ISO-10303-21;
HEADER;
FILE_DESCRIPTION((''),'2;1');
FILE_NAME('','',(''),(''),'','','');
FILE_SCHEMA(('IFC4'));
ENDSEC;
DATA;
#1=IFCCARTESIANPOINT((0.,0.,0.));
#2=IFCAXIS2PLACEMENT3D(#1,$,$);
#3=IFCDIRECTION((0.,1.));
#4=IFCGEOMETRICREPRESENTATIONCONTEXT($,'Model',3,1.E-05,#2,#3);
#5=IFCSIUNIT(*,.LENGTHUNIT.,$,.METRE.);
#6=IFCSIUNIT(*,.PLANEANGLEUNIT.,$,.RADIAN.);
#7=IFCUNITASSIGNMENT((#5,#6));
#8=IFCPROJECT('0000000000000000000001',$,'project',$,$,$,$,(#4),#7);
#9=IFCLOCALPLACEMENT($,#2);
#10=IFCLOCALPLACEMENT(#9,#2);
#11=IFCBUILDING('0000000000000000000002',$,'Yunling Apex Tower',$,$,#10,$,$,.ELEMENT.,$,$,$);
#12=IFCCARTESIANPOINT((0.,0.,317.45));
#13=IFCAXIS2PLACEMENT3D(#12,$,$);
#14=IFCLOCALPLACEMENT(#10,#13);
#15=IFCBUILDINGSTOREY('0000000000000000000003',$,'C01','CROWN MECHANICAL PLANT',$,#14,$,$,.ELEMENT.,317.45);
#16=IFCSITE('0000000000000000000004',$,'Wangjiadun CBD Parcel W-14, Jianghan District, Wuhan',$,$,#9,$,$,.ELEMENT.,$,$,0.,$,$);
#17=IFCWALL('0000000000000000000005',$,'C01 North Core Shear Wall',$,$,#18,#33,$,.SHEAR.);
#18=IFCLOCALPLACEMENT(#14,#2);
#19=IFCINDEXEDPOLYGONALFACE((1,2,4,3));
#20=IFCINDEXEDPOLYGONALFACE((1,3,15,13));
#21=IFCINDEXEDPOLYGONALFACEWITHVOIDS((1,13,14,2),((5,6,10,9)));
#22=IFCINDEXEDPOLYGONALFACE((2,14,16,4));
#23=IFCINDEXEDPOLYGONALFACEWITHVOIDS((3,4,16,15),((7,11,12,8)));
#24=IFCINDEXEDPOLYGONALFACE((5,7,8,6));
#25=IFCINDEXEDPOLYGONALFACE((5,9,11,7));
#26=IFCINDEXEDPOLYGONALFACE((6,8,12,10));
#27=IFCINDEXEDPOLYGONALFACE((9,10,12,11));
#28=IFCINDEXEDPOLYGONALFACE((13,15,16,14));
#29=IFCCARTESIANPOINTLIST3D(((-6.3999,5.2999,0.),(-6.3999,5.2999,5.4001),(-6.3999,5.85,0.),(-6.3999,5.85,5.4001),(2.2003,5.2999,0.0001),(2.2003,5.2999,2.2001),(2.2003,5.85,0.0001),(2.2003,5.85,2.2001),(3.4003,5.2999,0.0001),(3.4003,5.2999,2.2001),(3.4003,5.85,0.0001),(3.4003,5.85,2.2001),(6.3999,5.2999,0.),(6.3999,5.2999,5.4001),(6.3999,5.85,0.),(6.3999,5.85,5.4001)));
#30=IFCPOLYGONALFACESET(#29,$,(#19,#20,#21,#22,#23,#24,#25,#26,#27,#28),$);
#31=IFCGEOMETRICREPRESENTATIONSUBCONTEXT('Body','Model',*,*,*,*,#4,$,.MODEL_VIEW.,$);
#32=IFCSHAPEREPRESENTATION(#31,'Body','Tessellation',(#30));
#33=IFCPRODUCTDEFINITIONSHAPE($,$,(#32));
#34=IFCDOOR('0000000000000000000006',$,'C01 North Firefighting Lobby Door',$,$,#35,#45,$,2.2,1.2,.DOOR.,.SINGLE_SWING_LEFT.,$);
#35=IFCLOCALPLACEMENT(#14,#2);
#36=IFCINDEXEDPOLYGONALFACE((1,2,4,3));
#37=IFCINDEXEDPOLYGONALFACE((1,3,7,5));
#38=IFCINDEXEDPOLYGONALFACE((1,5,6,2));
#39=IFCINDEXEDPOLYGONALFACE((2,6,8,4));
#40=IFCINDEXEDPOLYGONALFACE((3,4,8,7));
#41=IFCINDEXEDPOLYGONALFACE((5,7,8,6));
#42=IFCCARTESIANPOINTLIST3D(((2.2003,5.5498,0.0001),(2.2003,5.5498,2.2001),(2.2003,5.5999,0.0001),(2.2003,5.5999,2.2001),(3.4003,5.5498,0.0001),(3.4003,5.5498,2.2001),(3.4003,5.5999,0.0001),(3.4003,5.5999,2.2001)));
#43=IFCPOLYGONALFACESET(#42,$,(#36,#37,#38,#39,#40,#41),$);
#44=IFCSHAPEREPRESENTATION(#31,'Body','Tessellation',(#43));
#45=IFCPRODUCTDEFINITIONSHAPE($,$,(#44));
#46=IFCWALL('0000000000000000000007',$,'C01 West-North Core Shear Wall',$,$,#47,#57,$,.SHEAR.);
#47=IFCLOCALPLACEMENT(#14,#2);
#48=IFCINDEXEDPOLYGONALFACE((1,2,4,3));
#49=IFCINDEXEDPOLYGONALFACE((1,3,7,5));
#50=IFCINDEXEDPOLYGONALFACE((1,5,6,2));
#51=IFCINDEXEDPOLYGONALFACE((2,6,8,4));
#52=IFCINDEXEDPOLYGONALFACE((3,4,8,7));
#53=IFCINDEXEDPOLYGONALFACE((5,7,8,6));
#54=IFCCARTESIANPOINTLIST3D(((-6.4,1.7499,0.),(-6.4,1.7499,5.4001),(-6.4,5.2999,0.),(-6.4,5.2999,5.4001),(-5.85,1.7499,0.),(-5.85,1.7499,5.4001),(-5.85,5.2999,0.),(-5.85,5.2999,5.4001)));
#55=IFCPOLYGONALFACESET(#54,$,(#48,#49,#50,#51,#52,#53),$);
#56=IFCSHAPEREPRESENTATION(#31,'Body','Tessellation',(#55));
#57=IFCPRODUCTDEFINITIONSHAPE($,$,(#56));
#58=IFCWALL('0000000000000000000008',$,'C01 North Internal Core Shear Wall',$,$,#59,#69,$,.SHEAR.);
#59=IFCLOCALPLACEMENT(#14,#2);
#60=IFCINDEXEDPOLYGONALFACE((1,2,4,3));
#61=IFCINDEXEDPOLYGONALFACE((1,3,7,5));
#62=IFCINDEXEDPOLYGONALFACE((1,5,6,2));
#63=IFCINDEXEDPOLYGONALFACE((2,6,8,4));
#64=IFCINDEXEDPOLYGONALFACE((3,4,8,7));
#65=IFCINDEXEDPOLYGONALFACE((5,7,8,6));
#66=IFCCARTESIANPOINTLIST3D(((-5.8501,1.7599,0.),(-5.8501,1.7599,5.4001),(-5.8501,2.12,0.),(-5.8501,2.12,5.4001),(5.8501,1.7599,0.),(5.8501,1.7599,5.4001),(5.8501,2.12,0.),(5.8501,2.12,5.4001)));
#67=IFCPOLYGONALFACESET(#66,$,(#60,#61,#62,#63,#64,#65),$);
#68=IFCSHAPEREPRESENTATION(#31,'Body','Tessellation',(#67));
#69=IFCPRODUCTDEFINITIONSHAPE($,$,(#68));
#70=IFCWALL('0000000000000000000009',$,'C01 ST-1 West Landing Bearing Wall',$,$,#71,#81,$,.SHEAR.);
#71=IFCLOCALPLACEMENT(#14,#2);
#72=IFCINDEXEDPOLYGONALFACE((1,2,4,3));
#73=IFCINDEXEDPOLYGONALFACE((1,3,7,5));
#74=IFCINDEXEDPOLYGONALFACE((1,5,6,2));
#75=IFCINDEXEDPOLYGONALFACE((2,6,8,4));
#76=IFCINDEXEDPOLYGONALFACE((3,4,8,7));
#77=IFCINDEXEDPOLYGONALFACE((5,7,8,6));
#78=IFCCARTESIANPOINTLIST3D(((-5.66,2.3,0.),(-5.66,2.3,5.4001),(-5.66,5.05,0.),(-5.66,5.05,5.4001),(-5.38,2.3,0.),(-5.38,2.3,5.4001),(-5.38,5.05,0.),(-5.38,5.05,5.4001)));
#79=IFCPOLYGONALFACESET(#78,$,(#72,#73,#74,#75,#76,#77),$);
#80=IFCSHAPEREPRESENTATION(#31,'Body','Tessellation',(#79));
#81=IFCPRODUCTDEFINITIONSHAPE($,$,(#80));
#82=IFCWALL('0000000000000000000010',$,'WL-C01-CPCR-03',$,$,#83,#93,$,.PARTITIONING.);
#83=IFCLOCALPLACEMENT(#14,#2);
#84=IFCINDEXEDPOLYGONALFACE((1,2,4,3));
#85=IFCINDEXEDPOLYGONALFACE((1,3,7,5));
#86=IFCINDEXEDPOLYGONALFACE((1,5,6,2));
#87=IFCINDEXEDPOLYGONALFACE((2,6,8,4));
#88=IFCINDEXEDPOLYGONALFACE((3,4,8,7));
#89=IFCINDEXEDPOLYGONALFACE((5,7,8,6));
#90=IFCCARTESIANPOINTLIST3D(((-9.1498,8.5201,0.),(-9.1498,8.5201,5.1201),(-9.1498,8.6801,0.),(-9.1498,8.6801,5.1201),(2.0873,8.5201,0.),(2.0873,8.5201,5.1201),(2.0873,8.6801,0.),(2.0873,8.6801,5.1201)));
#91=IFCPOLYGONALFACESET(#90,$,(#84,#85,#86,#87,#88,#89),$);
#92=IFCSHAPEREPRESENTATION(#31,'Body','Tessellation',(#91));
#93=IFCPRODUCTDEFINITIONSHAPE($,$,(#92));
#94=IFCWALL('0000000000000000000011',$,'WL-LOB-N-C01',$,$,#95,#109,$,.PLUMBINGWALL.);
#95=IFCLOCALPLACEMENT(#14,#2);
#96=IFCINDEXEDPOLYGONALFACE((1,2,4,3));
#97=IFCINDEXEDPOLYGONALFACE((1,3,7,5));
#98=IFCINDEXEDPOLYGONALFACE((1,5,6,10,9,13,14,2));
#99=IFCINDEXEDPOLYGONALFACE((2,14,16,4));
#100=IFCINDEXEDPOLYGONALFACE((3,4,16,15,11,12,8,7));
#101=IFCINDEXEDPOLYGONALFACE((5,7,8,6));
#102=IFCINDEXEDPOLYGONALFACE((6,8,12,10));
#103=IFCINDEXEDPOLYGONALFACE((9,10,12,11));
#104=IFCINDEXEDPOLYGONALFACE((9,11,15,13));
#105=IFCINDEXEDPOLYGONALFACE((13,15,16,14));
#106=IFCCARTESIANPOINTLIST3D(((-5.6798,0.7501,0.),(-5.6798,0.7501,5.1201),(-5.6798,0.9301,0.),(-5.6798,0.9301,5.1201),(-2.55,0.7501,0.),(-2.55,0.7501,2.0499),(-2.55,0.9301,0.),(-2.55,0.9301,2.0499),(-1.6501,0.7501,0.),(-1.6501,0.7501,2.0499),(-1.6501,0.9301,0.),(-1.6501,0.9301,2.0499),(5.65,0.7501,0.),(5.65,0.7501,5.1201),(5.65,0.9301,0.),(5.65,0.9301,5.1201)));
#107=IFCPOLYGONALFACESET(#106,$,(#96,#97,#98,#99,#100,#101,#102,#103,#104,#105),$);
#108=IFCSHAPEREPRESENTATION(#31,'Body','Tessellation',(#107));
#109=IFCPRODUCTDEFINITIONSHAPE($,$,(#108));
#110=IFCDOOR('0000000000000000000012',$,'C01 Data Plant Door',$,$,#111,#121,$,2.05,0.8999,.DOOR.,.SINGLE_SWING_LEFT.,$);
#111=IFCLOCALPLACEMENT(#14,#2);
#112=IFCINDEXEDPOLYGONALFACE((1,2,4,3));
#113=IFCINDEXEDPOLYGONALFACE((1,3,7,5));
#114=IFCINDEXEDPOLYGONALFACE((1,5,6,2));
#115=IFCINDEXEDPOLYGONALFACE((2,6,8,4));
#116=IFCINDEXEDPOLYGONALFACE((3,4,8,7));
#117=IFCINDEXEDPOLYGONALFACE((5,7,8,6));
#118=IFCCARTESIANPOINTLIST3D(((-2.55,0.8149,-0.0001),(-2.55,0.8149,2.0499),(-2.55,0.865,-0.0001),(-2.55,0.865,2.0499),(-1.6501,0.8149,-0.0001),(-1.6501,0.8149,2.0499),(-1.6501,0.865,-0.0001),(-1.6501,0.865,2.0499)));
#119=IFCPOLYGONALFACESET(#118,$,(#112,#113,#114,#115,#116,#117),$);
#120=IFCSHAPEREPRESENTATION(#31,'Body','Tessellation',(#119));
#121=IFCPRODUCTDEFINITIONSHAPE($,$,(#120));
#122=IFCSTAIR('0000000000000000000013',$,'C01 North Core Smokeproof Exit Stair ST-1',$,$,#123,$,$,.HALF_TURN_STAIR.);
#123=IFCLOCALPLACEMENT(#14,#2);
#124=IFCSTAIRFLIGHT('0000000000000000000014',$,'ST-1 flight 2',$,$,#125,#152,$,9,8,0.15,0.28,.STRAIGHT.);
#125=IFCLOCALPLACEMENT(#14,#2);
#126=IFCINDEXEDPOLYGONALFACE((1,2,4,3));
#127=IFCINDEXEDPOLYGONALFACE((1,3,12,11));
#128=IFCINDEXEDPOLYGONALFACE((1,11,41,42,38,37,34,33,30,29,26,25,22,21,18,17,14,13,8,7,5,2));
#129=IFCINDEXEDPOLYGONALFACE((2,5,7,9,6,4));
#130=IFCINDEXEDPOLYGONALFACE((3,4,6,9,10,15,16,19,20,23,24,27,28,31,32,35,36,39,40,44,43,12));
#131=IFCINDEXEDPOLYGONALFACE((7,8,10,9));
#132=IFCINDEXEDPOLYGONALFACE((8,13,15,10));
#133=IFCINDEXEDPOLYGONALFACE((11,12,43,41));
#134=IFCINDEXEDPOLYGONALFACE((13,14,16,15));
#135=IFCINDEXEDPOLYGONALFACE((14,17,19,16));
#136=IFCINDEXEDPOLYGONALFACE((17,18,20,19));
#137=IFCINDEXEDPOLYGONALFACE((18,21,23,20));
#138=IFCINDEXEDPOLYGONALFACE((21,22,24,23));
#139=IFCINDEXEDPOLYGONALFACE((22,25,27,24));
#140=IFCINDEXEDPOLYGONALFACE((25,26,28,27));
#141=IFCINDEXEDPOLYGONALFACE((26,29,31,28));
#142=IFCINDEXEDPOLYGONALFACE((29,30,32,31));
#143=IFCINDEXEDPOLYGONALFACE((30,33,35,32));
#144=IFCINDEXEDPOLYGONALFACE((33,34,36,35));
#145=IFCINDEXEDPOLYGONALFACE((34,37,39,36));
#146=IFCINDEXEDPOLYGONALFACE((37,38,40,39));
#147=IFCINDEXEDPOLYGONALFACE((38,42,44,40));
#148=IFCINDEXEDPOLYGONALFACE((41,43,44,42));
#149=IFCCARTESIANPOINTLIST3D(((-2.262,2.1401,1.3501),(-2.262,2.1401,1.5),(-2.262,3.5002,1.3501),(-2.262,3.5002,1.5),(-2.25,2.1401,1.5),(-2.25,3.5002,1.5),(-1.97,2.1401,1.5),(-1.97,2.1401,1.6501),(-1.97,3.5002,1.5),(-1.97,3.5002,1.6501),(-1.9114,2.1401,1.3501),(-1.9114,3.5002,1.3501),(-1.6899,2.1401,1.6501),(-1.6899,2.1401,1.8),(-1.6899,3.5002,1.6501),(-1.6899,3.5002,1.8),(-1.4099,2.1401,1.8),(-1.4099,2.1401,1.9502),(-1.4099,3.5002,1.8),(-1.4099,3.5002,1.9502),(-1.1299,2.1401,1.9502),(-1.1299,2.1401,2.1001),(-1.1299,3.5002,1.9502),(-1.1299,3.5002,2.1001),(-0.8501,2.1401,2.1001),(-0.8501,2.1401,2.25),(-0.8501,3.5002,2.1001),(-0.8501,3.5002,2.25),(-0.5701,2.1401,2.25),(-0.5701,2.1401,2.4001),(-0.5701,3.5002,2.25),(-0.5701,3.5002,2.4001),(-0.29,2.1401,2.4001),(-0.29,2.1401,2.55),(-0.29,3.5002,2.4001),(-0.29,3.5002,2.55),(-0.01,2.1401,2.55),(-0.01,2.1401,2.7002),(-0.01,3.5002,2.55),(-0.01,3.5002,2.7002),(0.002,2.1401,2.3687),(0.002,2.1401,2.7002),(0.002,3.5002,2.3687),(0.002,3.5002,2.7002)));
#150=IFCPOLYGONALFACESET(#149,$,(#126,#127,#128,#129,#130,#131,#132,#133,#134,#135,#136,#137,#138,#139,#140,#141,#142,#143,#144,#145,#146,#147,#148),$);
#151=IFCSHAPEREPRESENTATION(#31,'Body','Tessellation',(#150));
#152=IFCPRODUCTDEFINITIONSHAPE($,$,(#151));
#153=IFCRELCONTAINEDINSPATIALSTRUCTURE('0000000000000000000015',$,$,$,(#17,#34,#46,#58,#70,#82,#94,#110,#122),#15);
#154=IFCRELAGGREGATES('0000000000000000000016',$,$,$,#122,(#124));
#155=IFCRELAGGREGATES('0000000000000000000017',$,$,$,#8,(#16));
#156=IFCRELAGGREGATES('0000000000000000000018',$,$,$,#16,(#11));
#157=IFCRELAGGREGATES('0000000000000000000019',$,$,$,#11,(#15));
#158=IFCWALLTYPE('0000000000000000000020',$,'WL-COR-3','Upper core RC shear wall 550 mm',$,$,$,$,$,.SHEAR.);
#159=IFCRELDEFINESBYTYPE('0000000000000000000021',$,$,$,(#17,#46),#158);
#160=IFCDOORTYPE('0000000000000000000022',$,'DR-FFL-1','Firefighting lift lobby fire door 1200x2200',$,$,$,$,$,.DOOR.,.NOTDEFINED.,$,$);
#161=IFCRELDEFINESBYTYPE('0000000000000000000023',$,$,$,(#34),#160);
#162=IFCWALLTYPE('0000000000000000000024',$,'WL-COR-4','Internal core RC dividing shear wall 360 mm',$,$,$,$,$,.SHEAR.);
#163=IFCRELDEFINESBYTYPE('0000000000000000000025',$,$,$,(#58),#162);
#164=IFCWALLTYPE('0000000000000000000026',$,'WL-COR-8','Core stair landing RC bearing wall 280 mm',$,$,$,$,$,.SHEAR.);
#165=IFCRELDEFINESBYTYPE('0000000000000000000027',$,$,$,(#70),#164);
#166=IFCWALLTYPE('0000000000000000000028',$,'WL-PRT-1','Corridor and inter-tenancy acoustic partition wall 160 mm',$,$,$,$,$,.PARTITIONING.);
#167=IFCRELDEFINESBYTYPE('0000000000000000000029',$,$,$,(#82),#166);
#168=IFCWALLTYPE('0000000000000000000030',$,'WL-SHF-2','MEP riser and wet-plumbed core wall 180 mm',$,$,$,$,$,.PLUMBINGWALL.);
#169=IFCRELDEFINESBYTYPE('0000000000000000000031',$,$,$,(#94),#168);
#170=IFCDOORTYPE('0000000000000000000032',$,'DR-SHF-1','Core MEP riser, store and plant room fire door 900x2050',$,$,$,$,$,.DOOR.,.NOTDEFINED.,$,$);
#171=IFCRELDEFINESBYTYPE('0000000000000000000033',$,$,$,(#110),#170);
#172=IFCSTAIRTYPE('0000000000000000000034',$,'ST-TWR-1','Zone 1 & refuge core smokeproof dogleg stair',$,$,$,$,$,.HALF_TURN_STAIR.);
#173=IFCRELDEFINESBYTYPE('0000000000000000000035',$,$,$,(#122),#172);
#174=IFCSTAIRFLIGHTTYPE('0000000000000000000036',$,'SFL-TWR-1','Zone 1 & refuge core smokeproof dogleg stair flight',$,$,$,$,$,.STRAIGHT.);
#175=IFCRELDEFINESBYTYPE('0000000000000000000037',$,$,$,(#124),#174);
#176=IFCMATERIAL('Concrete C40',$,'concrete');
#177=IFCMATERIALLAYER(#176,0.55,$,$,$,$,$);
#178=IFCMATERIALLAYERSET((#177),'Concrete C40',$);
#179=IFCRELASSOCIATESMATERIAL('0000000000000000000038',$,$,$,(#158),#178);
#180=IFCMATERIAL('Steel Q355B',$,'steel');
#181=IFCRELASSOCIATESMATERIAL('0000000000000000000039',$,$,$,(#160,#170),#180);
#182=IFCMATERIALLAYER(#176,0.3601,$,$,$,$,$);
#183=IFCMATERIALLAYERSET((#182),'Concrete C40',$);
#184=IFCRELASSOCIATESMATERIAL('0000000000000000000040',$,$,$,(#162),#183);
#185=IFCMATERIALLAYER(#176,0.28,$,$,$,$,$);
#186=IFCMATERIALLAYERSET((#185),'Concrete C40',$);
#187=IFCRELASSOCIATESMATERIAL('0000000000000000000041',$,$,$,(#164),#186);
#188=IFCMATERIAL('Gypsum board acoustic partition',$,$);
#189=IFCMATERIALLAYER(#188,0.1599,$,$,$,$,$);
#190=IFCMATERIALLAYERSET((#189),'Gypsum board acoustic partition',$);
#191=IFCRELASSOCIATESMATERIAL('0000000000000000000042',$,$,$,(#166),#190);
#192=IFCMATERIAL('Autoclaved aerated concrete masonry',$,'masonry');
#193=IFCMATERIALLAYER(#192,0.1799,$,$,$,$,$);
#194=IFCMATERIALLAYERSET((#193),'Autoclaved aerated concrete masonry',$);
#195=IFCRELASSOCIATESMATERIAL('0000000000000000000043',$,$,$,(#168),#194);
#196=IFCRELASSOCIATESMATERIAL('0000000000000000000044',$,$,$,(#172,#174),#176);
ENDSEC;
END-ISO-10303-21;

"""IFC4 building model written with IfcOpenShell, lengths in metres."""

from ifc_helpers import new_model, si_unit, direction, frame, frame_2d, origin, place, context, subcontext, project, spatial, polyline, rectangle, outline, extrude, material, layer, layer_set, type_object, element, fill, aggregate, save


model = new_model("IFC4")

# Units and contexts
model_context = context("Model", 3, precision=1e-05, world=origin(), true_north=direction((0.0, 1.0)))
body_context = subcontext(model_context, "Body", "Model", "MODEL_VIEW")
ifc_project = project(units=[si_unit("LENGTHUNIT", "METRE"), si_unit("PLANEANGLEUNIT", "RADIAN")], contexts=[model_context])

# Site, building, storey
site_placement = place(None, origin())
site = spatial("IfcSite", under=ifc_project, at=site_placement, Name="Wangjiadun CBD Parcel W-14, Jianghan District, Wuhan", CompositionType="ELEMENT", RefElevation=0.0)
building_placement = place(site_placement, origin())
building = spatial("IfcBuilding", under=site, at=building_placement, Name="Yunling Apex Tower", CompositionType="ELEMENT")
storey_placement = place(building_placement, frame((0.0, 0.0, 317.45)))
storey = spatial("IfcBuildingStorey", under=building, at=storey_placement, Name="C01", Description="CROWN MECHANICAL PLANT", CompositionType="ELEMENT", Elevation=317.45)

# Shared definitions
ifc_material_1 = material(Name="Steel Q355B", Category="steel")

# Wall, opening, door
ifc_material_2 = material(Name="Concrete C40", Category="concrete")
ifc_layer_1 = layer(ifc_material_2, 0.55)
ifc_layer_set_1 = layer_set([ifc_layer_1], Name="Concrete C40")
wall_type_1 = type_object("IfcWallType", Name="WL-COR-3", Description="Upper core RC shear wall 550 mm", PredefinedType="SHEAR", material=ifc_layer_set_1)
wall_1_placement = place(storey_placement, frame((-6.3999, 5.575, 0.0), z_axis=(0.0, 0.0, 1.0), x_axis=(1.0, 0.0, 0.0)))
wall_1 = element("IfcWall", 1, at=wall_1_placement, inside=storey, type_object=wall_type_1, Name="C01 North Core Shear Wall", PredefinedType="SHEAR", context=body_context, shape_type="SweptSolid", body=[
    extrude(rectangle(XDim=12.7998, YDim=0.55, at=frame_2d((6.3999, 0.0))), origin(), (0.0, 0.0, 1.0), 5.4001),
])
opening_1_placement = place(wall_1_placement, frame((8.6001, 0.0, 0.0)))
opening_1 = element("IfcOpeningElement", 2, at=opening_1_placement, cuts=wall_1, PredefinedType="OPENING", context=body_context, shape_type="SweptSolid", body=[
    extrude(rectangle(XDim=1.2, YDim=2.2, at=frame_2d((0.6001, 1.1001))), frame((0.0, 0.2852, 0.0), z_axis=(0.0, -1.0, 0.0), x_axis=(1.0, 0.0, 0.0)), (0.0, 0.0, 1.0), 0.5701),
])
door_type_1 = type_object("IfcDoorType", Name="DR-FFL-1", Description="Firefighting lift lobby fire door 1200x2200", OperationType="NOTDEFINED", PredefinedType="DOOR", material=ifc_material_1)
door_1_placement = place(opening_1_placement, origin())
door_1 = element("IfcDoor", 3, at=door_1_placement, inside=storey, type_object=door_type_1, Name="C01 North Firefighting Lobby Door", OperationType="SINGLE_SWING_LEFT", OverallHeight=2.2, OverallWidth=1.2, PredefinedType="DOOR", context=body_context, shape_type="SweptSolid", body=[
    extrude(rectangle(XDim=1.2, YDim=2.2, at=frame_2d((0.6001, 1.1001))), frame((0.0, 0.0249, 0.0), z_axis=(0.0, -1.0, 0.0), x_axis=(1.0, 0.0, 0.0)), (0.0, 0.0, 1.0), 0.05),
])
fill(opening_1, door_1)

# Walls
wall_2_placement = place(storey_placement, frame((-6.125, 1.75, 0.0), z_axis=(0.0, 0.0, 1.0), x_axis=(0.0, 1.0, 0.0)))
element("IfcWall", 4, at=wall_2_placement, inside=storey, type_object=wall_type_1, Name="C01 West-North Core Shear Wall", PredefinedType="SHEAR", context=body_context, shape_type="SweptSolid", body=[
    extrude(rectangle(XDim=3.55, YDim=0.55, at=frame_2d((1.7749, 0.0))), origin(), (0.0, 0.0, 1.0), 5.4001),
])
ifc_layer_2 = layer(ifc_material_2, 0.3601)
ifc_layer_set_2 = layer_set([ifc_layer_2], Name="Concrete C40")
wall_type_2 = type_object("IfcWallType", Name="WL-COR-4", Description="Internal core RC dividing shear wall 360 mm", PredefinedType="SHEAR", material=ifc_layer_set_2)
wall_3_placement = place(storey_placement, frame((-5.8501, 1.9399, 0.0), z_axis=(0.0, 0.0, 1.0), x_axis=(1.0, 0.0, 0.0)))
element("IfcWall", 5, at=wall_3_placement, inside=storey, type_object=wall_type_2, Name="C01 North Internal Core Shear Wall", PredefinedType="SHEAR", context=body_context, shape_type="SweptSolid", body=[
    extrude(rectangle(XDim=11.7002, YDim=0.3601, at=frame_2d((5.8501, 0.0))), origin(), (0.0, 0.0, 1.0), 5.4001),
])
ifc_layer_3 = layer(ifc_material_2, 0.28)
ifc_layer_set_3 = layer_set([ifc_layer_3], Name="Concrete C40")
wall_type_3 = type_object("IfcWallType", Name="WL-COR-8", Description="Core stair landing RC bearing wall 280 mm", PredefinedType="SHEAR", material=ifc_layer_set_3)
wall_4_placement = place(storey_placement, frame((-5.52, 2.3, 0.0), z_axis=(0.0, 0.0, 1.0), x_axis=(0.0, 1.0, 0.0)))
element("IfcWall", 6, at=wall_4_placement, inside=storey, type_object=wall_type_3, Name="C01 ST-1 West Landing Bearing Wall", PredefinedType="SHEAR", context=body_context, shape_type="SweptSolid", body=[
    extrude(rectangle(XDim=2.75, YDim=0.28, at=frame_2d((1.375, 0.0))), origin(), (0.0, 0.0, 1.0), 5.4001),
])
ifc_material_3 = material(Name="Gypsum board acoustic partition")
ifc_layer_4 = layer(ifc_material_3, 0.1599)
ifc_layer_set_4 = layer_set([ifc_layer_4], Name="Gypsum board acoustic partition")
wall_type_4 = type_object("IfcWallType", Name="WL-PRT-1", Description="Corridor and inter-tenancy acoustic partition wall 160 mm", PredefinedType="PARTITIONING", material=ifc_layer_set_4)
wall_5_placement = place(storey_placement, frame((-9.1499, 8.6001, 0.0), z_axis=(0.0, 0.0, 1.0), x_axis=(1.0, 0.0, 0.0)))
element("IfcWall", 7, at=wall_5_placement, inside=storey, type_object=wall_type_4, Name="WL-C01-CPCR-03", PredefinedType="PARTITIONING", context=body_context, shape_type="SweptSolid", body=[
    extrude(rectangle(XDim=11.2371, YDim=0.1599, at=frame_2d((5.6187, 0.0))), origin(), (0.0, 0.0, 1.0), 5.1201),
])

# Wall, opening, door
ifc_material_4 = material(Name="Autoclaved aerated concrete masonry", Category="masonry")
ifc_layer_5 = layer(ifc_material_4, 0.1799)
ifc_layer_set_5 = layer_set([ifc_layer_5], Name="Autoclaved aerated concrete masonry")
wall_type_5 = type_object("IfcWallType", Name="WL-SHF-2", Description="MEP riser and wet-plumbed core wall 180 mm", PredefinedType="PLUMBINGWALL", material=ifc_layer_set_5)
wall_6_placement = place(storey_placement, frame((-5.6799, 0.8401, 0.0), z_axis=(0.0, 0.0, 1.0), x_axis=(1.0, 0.0, 0.0)))
wall_6 = element("IfcWall", 8, at=wall_6_placement, inside=storey, type_object=wall_type_5, Name="WL-LOB-N-C01", PredefinedType="PLUMBINGWALL", context=body_context, shape_type="SweptSolid", body=[
    extrude(rectangle(XDim=11.3298, YDim=0.1799, at=frame_2d((5.665, 0.0))), origin(), (0.0, 0.0, 1.0), 5.1201),
])
opening_2_placement = place(wall_6_placement, frame((3.1299, 0.0, 0.0)))
opening_2 = element("IfcOpeningElement", 9, at=opening_2_placement, cuts=wall_6, PredefinedType="OPENING", context=body_context, shape_type="SweptSolid", body=[
    extrude(rectangle(XDim=0.8999, YDim=2.05, at=frame_2d((0.45, 1.0249))), frame((0.0, 0.1001, 0.0), z_axis=(0.0, -1.0, 0.0), x_axis=(1.0, 0.0, 0.0)), (0.0, 0.0, 1.0), 0.2),
])
door_type_2 = type_object("IfcDoorType", Name="DR-SHF-1", Description="Core MEP riser, store and plant room fire door 900x2050", OperationType="NOTDEFINED", PredefinedType="DOOR", material=ifc_material_1)
door_2_placement = place(opening_2_placement, origin())
door_2 = element("IfcDoor", 10, at=door_2_placement, inside=storey, type_object=door_type_2, Name="C01 Data Plant Door", OperationType="SINGLE_SWING_LEFT", OverallHeight=2.05, OverallWidth=0.8999, PredefinedType="DOOR", context=body_context, shape_type="SweptSolid", body=[
    extrude(rectangle(XDim=0.8999, YDim=2.05, at=frame_2d((0.45, 1.0249))), frame((0.0, 0.0249, 0.0), z_axis=(0.0, -1.0, 0.0), x_axis=(1.0, 0.0, 0.0)), (0.0, 0.0, 1.0), 0.05),
])
fill(opening_2, door_2)

# Stair, stair flight
stair_type = type_object("IfcStairType", Name="ST-TWR-1", Description="Zone 1 & refuge core smokeproof dogleg stair", PredefinedType="HALF_TURN_STAIR", material=ifc_material_2)
stair_placement = place(storey_placement, origin())
stair = element("IfcStair", 11, at=stair_placement, inside=storey, type_object=stair_type, Name="C01 North Core Smokeproof Exit Stair ST-1", PredefinedType="HALF_TURN_STAIR")
stair_flight_type = type_object("IfcStairFlightType", Name="SFL-TWR-1", Description="Zone 1 & refuge core smokeproof dogleg stair flight", PredefinedType="STRAIGHT", material=ifc_material_2)
stair_flight_1_placement = place(storey_placement, frame((-2.25, 2.8201, 1.3501), z_axis=(0.0, 0.0, 1.0), x_axis=(1.0, 0.0, 0.0)))
stair_flight_1 = element("IfcStairFlight", 12, at=stair_flight_1_placement, type_object=stair_flight_type, Name="ST-1 flight 2", NumberOfRisers=9, NumberOfTreads=8, PredefinedType="STRAIGHT", RiserHeight=0.15, TreadLength=0.28, context=body_context, shape_type="SweptSolid", body=[
    extrude(outline(polyline([(-0.012, 0.0), (-0.012, 0.1499), (0.0, 0.1499), (0.28, 0.1499), (0.28, 0.3), (0.5601, 0.3), (0.5601, 0.45), (0.8401, 0.45), (0.8401, 0.6001), (1.1201, 0.6001), (1.1201, 0.75), (1.3999, 0.75), (1.3999, 0.8999), (1.6799, 0.8999), (1.6799, 1.05), (1.96, 1.05), (1.96, 1.2), (2.24, 1.2), (2.24, 1.3501), (2.252, 1.3501), (2.252, 1.0186), (0.3386, 0.0), (-0.012, 0.0)])), frame((0.0, 0.6802, 0.0), z_axis=(0.0, -1.0, 0.0), x_axis=(1.0, 0.0, 0.0)), (0.0, 0.0, 1.0), 1.3601),
])
aggregate(stair, [stair_flight_1])

save(model, "model.ifc")
